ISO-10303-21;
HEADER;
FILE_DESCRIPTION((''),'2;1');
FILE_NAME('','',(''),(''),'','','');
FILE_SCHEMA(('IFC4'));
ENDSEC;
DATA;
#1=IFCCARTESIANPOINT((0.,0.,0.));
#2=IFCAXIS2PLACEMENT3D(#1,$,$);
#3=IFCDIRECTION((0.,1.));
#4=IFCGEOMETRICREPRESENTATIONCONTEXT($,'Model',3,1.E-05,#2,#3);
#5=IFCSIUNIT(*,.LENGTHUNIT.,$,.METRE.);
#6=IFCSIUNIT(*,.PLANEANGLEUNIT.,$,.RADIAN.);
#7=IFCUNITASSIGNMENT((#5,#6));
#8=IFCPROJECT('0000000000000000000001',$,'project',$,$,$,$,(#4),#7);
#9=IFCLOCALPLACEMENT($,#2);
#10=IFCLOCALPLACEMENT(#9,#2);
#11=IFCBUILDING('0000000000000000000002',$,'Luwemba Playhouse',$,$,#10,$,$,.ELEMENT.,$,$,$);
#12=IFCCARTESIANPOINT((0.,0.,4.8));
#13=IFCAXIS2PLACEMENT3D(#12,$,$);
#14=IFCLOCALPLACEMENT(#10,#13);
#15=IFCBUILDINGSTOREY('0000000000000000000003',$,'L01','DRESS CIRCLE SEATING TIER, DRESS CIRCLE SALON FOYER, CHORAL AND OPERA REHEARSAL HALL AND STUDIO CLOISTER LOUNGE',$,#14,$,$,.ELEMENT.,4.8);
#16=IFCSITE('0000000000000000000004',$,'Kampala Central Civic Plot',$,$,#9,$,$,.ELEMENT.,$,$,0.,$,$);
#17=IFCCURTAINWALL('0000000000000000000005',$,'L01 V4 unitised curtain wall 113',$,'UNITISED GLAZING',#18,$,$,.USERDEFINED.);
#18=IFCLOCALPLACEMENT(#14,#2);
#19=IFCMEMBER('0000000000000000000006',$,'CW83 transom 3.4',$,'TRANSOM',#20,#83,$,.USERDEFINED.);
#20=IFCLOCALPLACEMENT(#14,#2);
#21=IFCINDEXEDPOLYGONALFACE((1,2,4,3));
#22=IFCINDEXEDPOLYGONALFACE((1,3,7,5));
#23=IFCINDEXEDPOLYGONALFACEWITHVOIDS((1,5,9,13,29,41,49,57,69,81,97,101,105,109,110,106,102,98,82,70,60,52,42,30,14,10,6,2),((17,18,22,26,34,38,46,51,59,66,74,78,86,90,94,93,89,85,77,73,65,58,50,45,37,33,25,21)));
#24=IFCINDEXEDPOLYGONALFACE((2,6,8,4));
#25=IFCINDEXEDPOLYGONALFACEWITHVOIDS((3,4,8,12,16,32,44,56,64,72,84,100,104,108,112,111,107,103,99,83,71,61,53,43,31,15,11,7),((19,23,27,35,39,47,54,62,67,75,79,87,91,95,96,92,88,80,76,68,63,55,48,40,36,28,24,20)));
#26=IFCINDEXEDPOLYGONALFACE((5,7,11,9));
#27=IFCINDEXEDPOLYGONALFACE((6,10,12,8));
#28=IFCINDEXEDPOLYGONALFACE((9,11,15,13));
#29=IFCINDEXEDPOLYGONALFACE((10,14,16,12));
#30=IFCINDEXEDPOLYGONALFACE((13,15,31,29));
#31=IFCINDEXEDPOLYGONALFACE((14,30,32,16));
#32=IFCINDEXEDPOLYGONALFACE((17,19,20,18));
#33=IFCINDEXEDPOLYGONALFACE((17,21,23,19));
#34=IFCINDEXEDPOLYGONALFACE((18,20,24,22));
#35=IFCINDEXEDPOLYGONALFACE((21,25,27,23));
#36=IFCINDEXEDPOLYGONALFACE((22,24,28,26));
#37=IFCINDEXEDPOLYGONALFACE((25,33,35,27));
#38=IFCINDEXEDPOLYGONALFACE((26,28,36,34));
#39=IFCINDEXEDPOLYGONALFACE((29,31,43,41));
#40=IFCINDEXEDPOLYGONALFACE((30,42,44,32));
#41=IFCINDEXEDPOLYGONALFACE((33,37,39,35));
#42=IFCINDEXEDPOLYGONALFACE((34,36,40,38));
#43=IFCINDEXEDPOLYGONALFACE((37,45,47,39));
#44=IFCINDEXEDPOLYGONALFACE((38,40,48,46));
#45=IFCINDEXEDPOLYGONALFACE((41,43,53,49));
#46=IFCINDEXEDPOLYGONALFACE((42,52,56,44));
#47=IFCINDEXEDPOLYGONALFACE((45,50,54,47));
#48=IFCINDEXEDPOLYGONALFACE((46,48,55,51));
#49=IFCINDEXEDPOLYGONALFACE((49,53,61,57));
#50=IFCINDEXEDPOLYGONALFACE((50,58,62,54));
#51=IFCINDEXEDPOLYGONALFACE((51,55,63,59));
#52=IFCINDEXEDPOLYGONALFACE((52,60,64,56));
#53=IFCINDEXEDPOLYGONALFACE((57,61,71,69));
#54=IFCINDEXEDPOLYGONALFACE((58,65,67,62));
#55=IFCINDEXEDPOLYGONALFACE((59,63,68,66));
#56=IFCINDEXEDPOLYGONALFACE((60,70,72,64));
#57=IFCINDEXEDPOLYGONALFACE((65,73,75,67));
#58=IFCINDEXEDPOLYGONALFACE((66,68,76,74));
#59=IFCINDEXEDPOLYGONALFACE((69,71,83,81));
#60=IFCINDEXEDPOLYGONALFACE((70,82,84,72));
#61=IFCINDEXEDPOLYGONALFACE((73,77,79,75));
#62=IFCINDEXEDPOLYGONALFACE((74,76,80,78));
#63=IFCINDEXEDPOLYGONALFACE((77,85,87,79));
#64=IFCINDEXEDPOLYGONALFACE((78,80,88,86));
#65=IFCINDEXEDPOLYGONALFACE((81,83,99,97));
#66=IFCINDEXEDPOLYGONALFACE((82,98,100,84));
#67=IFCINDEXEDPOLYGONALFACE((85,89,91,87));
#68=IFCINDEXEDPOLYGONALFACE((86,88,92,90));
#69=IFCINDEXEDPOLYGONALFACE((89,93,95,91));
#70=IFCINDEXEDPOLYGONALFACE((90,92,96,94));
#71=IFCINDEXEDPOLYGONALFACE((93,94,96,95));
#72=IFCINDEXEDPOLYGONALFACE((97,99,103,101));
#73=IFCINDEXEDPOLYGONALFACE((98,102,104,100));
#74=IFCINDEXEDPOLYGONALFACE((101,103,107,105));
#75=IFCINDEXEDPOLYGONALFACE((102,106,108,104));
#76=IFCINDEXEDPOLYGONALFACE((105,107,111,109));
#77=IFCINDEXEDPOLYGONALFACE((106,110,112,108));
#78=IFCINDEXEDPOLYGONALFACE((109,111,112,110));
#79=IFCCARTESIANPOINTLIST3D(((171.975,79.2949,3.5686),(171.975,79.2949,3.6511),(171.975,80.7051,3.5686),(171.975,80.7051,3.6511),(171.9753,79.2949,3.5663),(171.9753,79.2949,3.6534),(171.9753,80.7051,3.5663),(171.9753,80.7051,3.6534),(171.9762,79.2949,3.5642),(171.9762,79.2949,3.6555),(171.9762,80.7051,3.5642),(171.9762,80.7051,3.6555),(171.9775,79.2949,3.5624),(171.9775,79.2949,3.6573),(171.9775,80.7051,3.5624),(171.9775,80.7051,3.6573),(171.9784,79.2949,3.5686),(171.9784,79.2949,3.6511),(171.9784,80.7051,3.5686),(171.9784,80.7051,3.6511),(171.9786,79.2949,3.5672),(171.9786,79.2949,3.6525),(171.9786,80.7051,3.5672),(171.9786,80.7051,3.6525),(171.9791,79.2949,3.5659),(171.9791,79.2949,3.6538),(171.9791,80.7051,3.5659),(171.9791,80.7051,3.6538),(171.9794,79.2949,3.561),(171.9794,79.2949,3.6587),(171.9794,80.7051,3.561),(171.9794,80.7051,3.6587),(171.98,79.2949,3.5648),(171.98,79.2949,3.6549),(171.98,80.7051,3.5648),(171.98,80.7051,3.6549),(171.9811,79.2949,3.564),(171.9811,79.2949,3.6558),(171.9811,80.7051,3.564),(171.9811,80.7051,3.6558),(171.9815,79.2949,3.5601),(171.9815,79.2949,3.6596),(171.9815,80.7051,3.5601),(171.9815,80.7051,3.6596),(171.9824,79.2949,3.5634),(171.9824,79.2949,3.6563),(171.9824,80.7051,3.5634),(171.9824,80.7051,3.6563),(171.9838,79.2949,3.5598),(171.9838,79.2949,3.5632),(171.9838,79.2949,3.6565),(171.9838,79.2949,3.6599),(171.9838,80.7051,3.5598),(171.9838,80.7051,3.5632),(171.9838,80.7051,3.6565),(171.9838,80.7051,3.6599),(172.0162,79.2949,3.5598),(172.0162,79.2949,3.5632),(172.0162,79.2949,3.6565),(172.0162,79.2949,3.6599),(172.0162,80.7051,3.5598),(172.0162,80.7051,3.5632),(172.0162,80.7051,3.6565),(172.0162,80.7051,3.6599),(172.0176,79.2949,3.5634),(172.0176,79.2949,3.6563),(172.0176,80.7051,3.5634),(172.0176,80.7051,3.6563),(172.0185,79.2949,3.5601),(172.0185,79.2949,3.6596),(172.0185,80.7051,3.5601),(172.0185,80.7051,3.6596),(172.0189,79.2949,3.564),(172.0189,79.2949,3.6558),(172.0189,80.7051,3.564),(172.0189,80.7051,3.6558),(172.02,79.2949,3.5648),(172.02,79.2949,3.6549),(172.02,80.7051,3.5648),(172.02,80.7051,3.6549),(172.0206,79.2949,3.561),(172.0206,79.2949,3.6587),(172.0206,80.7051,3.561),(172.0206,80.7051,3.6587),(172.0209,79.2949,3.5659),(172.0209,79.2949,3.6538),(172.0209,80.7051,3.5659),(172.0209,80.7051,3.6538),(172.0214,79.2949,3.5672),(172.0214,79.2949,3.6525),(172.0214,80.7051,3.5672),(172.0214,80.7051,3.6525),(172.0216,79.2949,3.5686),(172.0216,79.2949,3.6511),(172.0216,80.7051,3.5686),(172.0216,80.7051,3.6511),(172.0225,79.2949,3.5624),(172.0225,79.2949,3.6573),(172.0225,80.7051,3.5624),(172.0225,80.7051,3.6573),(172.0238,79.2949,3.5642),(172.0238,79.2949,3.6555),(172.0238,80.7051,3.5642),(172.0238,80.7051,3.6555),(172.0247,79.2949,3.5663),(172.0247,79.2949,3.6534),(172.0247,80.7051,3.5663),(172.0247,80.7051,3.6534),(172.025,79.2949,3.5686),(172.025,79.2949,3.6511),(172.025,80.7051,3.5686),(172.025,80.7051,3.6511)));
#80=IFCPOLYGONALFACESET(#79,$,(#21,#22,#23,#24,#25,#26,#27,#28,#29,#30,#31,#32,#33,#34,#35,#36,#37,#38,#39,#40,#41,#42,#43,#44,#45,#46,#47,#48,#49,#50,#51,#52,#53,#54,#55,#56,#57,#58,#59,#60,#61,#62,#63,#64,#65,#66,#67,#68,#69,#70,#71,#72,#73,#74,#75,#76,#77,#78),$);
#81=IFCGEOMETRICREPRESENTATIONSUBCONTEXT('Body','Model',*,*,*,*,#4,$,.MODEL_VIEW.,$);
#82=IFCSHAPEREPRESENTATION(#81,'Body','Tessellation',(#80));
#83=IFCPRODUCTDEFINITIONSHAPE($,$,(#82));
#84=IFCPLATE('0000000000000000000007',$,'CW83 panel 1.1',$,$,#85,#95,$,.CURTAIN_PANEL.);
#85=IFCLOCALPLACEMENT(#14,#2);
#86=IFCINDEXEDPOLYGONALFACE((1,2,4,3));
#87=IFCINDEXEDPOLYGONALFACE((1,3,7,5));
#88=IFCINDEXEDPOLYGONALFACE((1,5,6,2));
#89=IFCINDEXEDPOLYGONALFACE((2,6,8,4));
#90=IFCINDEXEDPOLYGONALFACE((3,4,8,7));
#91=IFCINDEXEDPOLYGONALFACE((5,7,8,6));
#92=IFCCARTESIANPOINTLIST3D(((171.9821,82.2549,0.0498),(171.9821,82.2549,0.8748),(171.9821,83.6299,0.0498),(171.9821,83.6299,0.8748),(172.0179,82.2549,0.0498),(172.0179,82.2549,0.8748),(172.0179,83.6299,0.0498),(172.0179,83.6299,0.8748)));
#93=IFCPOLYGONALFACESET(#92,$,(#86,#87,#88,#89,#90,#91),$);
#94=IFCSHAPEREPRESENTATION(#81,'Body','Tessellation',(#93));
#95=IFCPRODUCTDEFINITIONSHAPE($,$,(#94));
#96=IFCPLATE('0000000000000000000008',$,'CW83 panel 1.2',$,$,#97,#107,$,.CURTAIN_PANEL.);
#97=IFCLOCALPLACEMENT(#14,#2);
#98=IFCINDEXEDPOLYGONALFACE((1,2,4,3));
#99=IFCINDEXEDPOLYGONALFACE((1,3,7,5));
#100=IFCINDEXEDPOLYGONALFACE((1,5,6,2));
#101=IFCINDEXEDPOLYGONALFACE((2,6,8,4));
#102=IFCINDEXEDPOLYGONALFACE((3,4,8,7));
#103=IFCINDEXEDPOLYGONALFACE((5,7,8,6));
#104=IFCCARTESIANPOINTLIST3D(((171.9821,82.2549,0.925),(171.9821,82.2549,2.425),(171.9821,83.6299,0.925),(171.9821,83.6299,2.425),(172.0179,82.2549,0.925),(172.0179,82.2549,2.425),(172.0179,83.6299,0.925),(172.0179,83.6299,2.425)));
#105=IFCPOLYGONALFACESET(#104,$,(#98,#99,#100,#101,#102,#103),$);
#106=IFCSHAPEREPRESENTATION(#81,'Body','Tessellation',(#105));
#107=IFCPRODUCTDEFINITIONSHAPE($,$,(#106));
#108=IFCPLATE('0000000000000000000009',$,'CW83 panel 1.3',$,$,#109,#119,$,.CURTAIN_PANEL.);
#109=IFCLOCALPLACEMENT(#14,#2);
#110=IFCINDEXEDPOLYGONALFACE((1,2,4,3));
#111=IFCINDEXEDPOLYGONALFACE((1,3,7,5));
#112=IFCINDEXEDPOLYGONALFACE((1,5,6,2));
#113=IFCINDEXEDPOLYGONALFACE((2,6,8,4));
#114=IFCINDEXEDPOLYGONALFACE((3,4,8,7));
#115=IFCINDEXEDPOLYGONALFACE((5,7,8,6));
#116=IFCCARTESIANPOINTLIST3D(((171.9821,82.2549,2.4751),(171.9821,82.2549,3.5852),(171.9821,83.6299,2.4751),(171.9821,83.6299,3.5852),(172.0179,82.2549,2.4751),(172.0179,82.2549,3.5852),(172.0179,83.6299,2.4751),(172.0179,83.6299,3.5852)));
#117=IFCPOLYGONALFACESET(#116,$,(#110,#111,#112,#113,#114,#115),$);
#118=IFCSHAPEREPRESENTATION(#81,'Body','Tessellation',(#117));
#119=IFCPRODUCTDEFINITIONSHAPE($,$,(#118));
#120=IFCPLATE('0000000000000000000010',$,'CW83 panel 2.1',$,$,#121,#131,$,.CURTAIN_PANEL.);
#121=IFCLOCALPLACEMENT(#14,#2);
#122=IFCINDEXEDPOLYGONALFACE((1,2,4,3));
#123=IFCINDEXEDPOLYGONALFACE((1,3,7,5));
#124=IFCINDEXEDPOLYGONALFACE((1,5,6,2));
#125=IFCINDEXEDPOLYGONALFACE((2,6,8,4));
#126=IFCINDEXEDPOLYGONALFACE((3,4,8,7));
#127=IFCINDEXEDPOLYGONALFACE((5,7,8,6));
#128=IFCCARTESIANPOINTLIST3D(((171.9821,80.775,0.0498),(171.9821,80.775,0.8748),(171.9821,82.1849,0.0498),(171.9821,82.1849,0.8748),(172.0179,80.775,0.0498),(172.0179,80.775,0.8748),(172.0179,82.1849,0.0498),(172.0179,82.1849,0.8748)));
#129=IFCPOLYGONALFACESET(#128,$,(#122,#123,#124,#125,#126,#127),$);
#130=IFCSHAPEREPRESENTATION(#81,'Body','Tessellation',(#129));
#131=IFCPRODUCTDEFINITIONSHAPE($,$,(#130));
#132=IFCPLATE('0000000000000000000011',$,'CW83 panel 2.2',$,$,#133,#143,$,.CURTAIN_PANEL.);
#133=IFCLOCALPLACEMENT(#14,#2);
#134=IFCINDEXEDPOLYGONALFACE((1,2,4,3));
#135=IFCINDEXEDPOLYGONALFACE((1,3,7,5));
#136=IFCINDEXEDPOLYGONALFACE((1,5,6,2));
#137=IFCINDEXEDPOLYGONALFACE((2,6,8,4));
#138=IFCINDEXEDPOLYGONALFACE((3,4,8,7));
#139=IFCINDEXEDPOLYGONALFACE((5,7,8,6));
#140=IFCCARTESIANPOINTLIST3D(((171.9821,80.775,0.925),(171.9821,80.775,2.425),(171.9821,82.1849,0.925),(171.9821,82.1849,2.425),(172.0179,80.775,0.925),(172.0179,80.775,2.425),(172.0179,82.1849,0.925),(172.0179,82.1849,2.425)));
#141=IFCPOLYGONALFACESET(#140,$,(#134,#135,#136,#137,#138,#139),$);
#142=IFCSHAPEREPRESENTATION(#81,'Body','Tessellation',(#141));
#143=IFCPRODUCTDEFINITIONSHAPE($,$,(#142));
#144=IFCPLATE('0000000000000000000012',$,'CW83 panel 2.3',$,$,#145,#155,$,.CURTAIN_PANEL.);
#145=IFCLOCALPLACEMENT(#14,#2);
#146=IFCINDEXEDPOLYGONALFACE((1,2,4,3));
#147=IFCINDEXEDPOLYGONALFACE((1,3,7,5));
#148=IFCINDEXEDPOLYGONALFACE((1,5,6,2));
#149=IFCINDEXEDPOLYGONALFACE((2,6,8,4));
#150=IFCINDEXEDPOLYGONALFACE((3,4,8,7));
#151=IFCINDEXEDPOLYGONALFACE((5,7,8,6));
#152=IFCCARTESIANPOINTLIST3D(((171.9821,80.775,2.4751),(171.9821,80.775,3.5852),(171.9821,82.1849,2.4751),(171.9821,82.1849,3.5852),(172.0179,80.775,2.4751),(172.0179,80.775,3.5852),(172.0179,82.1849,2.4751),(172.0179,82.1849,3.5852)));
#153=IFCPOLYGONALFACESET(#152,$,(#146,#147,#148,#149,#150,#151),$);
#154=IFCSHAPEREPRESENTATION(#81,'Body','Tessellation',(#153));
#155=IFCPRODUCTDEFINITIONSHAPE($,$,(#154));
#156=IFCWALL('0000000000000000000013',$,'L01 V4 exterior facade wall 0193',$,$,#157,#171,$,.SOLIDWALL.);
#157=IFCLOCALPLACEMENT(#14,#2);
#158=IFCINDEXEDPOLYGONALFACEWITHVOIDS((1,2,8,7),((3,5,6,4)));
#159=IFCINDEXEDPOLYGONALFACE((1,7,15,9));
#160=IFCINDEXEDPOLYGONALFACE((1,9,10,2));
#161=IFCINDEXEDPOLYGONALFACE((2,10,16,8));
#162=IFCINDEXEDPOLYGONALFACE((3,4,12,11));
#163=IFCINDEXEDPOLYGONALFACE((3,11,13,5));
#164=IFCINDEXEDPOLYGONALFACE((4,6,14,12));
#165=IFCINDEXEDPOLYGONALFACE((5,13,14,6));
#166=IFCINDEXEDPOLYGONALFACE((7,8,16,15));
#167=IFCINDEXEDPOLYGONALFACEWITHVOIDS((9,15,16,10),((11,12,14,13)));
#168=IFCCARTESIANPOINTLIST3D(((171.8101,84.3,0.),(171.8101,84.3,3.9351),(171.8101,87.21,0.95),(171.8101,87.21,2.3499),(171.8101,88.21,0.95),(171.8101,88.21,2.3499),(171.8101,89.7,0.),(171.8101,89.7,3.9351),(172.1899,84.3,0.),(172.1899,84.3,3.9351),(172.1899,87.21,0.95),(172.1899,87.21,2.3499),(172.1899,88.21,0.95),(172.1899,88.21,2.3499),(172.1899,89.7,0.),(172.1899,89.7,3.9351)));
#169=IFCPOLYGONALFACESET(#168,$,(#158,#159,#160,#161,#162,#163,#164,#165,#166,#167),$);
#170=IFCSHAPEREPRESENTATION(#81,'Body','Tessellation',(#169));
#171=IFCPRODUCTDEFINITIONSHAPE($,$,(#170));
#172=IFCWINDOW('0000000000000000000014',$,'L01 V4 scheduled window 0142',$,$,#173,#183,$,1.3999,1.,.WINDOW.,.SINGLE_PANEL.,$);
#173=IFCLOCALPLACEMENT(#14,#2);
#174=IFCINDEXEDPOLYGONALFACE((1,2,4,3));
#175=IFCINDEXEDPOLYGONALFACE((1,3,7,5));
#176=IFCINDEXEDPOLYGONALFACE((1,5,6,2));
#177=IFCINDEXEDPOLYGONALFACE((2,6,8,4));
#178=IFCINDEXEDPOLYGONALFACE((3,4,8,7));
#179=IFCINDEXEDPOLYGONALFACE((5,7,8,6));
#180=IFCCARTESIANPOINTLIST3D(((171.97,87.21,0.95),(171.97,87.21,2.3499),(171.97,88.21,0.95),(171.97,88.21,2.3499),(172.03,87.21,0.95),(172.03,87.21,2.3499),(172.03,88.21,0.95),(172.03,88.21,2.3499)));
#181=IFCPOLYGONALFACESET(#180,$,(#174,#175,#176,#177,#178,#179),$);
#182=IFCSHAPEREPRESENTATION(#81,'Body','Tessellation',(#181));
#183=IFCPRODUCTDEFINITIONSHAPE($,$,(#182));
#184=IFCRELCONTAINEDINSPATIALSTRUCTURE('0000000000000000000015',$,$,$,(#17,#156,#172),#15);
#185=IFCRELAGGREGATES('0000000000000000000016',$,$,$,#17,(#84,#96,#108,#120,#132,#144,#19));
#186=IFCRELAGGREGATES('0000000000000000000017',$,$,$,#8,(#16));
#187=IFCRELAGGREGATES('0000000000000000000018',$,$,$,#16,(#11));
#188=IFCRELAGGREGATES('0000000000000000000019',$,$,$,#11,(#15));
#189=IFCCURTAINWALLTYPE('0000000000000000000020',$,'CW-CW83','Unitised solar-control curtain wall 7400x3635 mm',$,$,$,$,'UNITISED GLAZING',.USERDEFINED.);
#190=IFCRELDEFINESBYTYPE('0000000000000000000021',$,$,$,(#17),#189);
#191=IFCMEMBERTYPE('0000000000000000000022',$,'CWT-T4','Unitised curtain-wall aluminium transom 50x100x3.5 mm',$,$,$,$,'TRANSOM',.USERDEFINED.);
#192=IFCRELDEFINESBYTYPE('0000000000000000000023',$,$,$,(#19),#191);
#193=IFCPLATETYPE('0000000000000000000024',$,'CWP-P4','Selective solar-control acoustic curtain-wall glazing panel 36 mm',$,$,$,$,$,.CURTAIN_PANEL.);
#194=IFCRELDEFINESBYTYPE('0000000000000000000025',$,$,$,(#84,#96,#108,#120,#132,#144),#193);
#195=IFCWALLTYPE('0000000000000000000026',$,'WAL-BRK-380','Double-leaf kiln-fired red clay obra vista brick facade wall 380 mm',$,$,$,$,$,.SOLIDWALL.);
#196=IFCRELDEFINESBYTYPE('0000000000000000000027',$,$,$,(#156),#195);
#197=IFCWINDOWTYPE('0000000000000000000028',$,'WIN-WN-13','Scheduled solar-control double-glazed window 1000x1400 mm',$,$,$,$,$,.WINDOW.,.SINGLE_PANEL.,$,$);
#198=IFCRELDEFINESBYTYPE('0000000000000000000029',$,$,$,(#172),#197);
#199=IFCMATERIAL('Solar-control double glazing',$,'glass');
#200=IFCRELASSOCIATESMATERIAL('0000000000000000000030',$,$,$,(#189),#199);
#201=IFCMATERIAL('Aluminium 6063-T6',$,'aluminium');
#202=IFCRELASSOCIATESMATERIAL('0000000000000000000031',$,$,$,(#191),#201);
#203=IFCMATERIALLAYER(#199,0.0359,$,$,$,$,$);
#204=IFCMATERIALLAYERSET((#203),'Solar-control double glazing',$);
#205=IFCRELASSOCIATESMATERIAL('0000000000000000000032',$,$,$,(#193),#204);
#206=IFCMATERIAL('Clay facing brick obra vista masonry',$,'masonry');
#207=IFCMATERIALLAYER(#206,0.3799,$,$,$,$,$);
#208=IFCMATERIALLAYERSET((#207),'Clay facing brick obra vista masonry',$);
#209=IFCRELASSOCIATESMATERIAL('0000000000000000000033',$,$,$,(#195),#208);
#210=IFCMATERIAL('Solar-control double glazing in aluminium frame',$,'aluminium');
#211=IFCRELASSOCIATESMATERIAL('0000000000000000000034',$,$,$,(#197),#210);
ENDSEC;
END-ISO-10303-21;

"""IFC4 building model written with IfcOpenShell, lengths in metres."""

from ifc_helpers import new_model, si_unit, direction, frame, frame_2d, origin, origin_2d, place, context, subcontext, project, spatial, rectangle, hollow_rectangle, extrude, material, layer, layer_set, material_profile, profile_set, type_object, element, fill, aggregate, save


model = new_model("IFC4")

# Units and contexts
model_context = context("Model", 3, precision=1e-05, world=origin(), true_north=direction((0.0, 1.0)))
body_context = subcontext(model_context, "Body", "Model", "MODEL_VIEW")
ifc_project = project(units=[si_unit("LENGTHUNIT", "METRE"), si_unit("PLANEANGLEUNIT", "RADIAN")], contexts=[model_context])

# Site, building, storey
site_placement = place(None, origin())
site = spatial("IfcSite", under=ifc_project, at=site_placement, Name="Kampala Central Civic Plot", CompositionType="ELEMENT", RefElevation=0.0)
building_placement = place(site_placement, origin())
building = spatial("IfcBuilding", under=site, at=building_placement, Name="Luwemba Playhouse", CompositionType="ELEMENT")
storey_placement = place(building_placement, frame((0.0, 0.0, 4.8)))
storey = spatial("IfcBuildingStorey", under=building, at=storey_placement, Name="L01", Description="DRESS CIRCLE SEATING TIER, DRESS CIRCLE SALON FOYER, CHORAL AND OPERA REHEARSAL HALL AND STUDIO CLOISTER LOUNGE", CompositionType="ELEMENT", Elevation=4.8)

# Curtain wall, member, plates
ifc_material_1 = material(Name="Solar-control double glazing", Category="glass")
curtain_wall_type = type_object("IfcCurtainWallType", Name="CW-CW83", Description="Unitised solar-control curtain wall 7400x3635 mm", ElementType="UNITISED GLAZING", PredefinedType="USERDEFINED", material=ifc_material_1)
curtain_wall_placement = place(storey_placement, origin())
curtain_wall = element("IfcCurtainWall", 1, at=curtain_wall_placement, inside=storey, type_object=curtain_wall_type, Name="L01 V4 unitised curtain wall 113", ObjectType="UNITISED GLAZING", PredefinedType="USERDEFINED")
ifc_material_2 = material(Name="Aluminium 6063-T6", Category="aluminium")
ifc_material_profile_1 = material_profile(ifc_material_2, hollow_rectangle(XDim=0.05, YDim=0.1001, WallThickness=0.0034, InnerFilletRadius=0.0054, OuterFilletRadius=0.0088, at=origin_2d()))
ifc_profile_set_1 = profile_set([ifc_material_profile_1], Name="Aluminium 6063-T6")
member_type_1 = type_object("IfcMemberType", Name="CWT-T4", Description="Unitised curtain-wall aluminium transom 50x100x3.5 mm", ElementType="TRANSOM", PredefinedType="USERDEFINED", material=ifc_profile_set_1)
member_1_placement = place(storey_placement, frame((172.0, 80.7051, 3.6099), z_axis=(0.0, -1.0, 0.0), x_axis=(1.0, 0.0, 0.0)))
member_1 = element("IfcMember", 2, at=member_1_placement, type_object=member_type_1, Name="CW83 transom 3.4", ObjectType="TRANSOM", PredefinedType="USERDEFINED", context=body_context, shape_type="SweptSolid", body=[
    extrude(hollow_rectangle(XDim=0.05, YDim=0.1001, WallThickness=0.0034, InnerFilletRadius=0.0054, OuterFilletRadius=0.0088, at=origin_2d()), origin(), (0.0, 0.0, 1.0), 1.4102),
])
ifc_layer_1 = layer(ifc_material_1, 0.0359)
ifc_layer_set_1 = layer_set([ifc_layer_1], Name="Solar-control double glazing")
plate_type = type_object("IfcPlateType", Name="CWP-P4", Description="Selective solar-control acoustic curtain-wall glazing panel 36 mm", PredefinedType="CURTAIN_PANEL", material=ifc_layer_set_1)
plate_1_placement = place(storey_placement, frame((172.0, 82.9424, 0.0498), z_axis=(0.0, 0.0, 1.0), x_axis=(0.0, -1.0, 0.0)))
plate_1 = element("IfcPlate", 3, at=plate_1_placement, type_object=plate_type, Name="CW83 panel 1.1", PredefinedType="CURTAIN_PANEL", context=body_context, shape_type="SweptSolid", body=[
    extrude(rectangle(XDim=1.375, YDim=0.0359, at=origin_2d()), origin(), (0.0, 0.0, 1.0), 0.825),
])
plate_2_placement = place(storey_placement, frame((172.0, 82.9424, 0.925), z_axis=(0.0, 0.0, 1.0), x_axis=(0.0, -1.0, 0.0)))
plate_2 = element("IfcPlate", 4, at=plate_2_placement, type_object=plate_type, Name="CW83 panel 1.2", PredefinedType="CURTAIN_PANEL", context=body_context, shape_type="SweptSolid", body=[
    extrude(rectangle(XDim=1.375, YDim=0.0359, at=origin_2d()), origin(), (0.0, 0.0, 1.0), 1.5),
])
plate_3_placement = place(storey_placement, frame((172.0, 82.9424, 2.4751), z_axis=(0.0, 0.0, 1.0), x_axis=(0.0, -1.0, 0.0)))
plate_3 = element("IfcPlate", 5, at=plate_3_placement, type_object=plate_type, Name="CW83 panel 1.3", PredefinedType="CURTAIN_PANEL", context=body_context, shape_type="SweptSolid", body=[
    extrude(rectangle(XDim=1.375, YDim=0.0359, at=origin_2d()), origin(), (0.0, 0.0, 1.0), 1.1101),
])
plate_4_placement = place(storey_placement, frame((172.0, 81.48, 0.0498), z_axis=(0.0, 0.0, 1.0), x_axis=(0.0, -1.0, 0.0)))
plate_4 = element("IfcPlate", 6, at=plate_4_placement, type_object=plate_type, Name="CW83 panel 2.1", PredefinedType="CURTAIN_PANEL", context=body_context, shape_type="SweptSolid", body=[
    extrude(rectangle(XDim=1.4099, YDim=0.0359, at=origin_2d()), origin(), (0.0, 0.0, 1.0), 0.825),
])
plate_5_placement = place(storey_placement, frame((172.0, 81.48, 0.925), z_axis=(0.0, 0.0, 1.0), x_axis=(0.0, -1.0, 0.0)))
plate_5 = element("IfcPlate", 7, at=plate_5_placement, type_object=plate_type, Name="CW83 panel 2.2", PredefinedType="CURTAIN_PANEL", context=body_context, shape_type="SweptSolid", body=[
    extrude(rectangle(XDim=1.4099, YDim=0.0359, at=origin_2d()), origin(), (0.0, 0.0, 1.0), 1.5),
])
plate_6_placement = place(storey_placement, frame((172.0, 81.48, 2.4751), z_axis=(0.0, 0.0, 1.0), x_axis=(0.0, -1.0, 0.0)))
plate_6 = element("IfcPlate", 8, at=plate_6_placement, type_object=plate_type, Name="CW83 panel 2.3", PredefinedType="CURTAIN_PANEL", context=body_context, shape_type="SweptSolid", body=[
    extrude(rectangle(XDim=1.4099, YDim=0.0359, at=origin_2d()), origin(), (0.0, 0.0, 1.0), 1.1101),
])
aggregate(curtain_wall, [plate_1, plate_2, plate_3, plate_4, plate_5, plate_6, member_1])

# Wall, opening, window
ifc_material_3 = material(Name="Clay facing brick obra vista masonry", Category="masonry")
ifc_layer_2 = layer(ifc_material_3, 0.3799)
ifc_layer_set_2 = layer_set([ifc_layer_2], Name="Clay facing brick obra vista masonry")
wall_type_1 = type_object("IfcWallType", Name="WAL-BRK-380", Description="Double-leaf kiln-fired red clay obra vista brick facade wall 380 mm", PredefinedType="SOLIDWALL", material=ifc_layer_set_2)
wall_1_placement = place(storey_placement, frame((172.0, 89.7, 0.0), z_axis=(0.0, 0.0, 1.0), x_axis=(0.0, -1.0, 0.0)))
wall_1 = element("IfcWall", 9, at=wall_1_placement, inside=storey, type_object=wall_type_1, Name="L01 V4 exterior facade wall 0193", PredefinedType="SOLIDWALL", context=body_context, shape_type="SweptSolid", body=[
    extrude(rectangle(XDim=5.3999, YDim=0.3799, at=frame_2d((2.7, 0.0))), origin(), (0.0, 0.0, 1.0), 3.9351),
])
opening_1_placement = place(wall_1_placement, frame((1.49, 0.0, 0.95)))
opening_1 = element("IfcOpeningElement", 10, at=opening_1_placement, cuts=wall_1, PredefinedType="OPENING", context=body_context, shape_type="SweptSolid", body=[
    extrude(rectangle(XDim=1.0, YDim=1.3999, at=frame_2d((0.5, 0.7))), frame((0.0, 0.2, 0.0), z_axis=(0.0, -1.0, 0.0), x_axis=(1.0, 0.0, 0.0)), (0.0, 0.0, 1.0), 0.3999),
])
ifc_material_4 = material(Name="Solar-control double glazing in aluminium frame", Category="aluminium")
window_type_1 = type_object("IfcWindowType", Name="WIN-WN-13", Description="Scheduled solar-control double-glazed window 1000x1400 mm", PartitioningType="SINGLE_PANEL", PredefinedType="WINDOW", material=ifc_material_4)
window_1_placement = place(opening_1_placement, origin())
window_1 = element("IfcWindow", 11, at=window_1_placement, inside=storey, type_object=window_type_1, Name="L01 V4 scheduled window 0142", OverallHeight=1.3999, OverallWidth=1.0, PartitioningType="SINGLE_PANEL", PredefinedType="WINDOW", context=body_context, shape_type="SweptSolid", body=[
    extrude(rectangle(XDim=1.0, YDim=1.3999, at=frame_2d((0.5, 0.7))), frame((0.0, 0.03, 0.0), z_axis=(0.0, -1.0, 0.0), x_axis=(1.0, 0.0, 0.0)), (0.0, 0.0, 1.0), 0.0601),
])
fill(opening_1, window_1)

save(model, "model.ifc")
